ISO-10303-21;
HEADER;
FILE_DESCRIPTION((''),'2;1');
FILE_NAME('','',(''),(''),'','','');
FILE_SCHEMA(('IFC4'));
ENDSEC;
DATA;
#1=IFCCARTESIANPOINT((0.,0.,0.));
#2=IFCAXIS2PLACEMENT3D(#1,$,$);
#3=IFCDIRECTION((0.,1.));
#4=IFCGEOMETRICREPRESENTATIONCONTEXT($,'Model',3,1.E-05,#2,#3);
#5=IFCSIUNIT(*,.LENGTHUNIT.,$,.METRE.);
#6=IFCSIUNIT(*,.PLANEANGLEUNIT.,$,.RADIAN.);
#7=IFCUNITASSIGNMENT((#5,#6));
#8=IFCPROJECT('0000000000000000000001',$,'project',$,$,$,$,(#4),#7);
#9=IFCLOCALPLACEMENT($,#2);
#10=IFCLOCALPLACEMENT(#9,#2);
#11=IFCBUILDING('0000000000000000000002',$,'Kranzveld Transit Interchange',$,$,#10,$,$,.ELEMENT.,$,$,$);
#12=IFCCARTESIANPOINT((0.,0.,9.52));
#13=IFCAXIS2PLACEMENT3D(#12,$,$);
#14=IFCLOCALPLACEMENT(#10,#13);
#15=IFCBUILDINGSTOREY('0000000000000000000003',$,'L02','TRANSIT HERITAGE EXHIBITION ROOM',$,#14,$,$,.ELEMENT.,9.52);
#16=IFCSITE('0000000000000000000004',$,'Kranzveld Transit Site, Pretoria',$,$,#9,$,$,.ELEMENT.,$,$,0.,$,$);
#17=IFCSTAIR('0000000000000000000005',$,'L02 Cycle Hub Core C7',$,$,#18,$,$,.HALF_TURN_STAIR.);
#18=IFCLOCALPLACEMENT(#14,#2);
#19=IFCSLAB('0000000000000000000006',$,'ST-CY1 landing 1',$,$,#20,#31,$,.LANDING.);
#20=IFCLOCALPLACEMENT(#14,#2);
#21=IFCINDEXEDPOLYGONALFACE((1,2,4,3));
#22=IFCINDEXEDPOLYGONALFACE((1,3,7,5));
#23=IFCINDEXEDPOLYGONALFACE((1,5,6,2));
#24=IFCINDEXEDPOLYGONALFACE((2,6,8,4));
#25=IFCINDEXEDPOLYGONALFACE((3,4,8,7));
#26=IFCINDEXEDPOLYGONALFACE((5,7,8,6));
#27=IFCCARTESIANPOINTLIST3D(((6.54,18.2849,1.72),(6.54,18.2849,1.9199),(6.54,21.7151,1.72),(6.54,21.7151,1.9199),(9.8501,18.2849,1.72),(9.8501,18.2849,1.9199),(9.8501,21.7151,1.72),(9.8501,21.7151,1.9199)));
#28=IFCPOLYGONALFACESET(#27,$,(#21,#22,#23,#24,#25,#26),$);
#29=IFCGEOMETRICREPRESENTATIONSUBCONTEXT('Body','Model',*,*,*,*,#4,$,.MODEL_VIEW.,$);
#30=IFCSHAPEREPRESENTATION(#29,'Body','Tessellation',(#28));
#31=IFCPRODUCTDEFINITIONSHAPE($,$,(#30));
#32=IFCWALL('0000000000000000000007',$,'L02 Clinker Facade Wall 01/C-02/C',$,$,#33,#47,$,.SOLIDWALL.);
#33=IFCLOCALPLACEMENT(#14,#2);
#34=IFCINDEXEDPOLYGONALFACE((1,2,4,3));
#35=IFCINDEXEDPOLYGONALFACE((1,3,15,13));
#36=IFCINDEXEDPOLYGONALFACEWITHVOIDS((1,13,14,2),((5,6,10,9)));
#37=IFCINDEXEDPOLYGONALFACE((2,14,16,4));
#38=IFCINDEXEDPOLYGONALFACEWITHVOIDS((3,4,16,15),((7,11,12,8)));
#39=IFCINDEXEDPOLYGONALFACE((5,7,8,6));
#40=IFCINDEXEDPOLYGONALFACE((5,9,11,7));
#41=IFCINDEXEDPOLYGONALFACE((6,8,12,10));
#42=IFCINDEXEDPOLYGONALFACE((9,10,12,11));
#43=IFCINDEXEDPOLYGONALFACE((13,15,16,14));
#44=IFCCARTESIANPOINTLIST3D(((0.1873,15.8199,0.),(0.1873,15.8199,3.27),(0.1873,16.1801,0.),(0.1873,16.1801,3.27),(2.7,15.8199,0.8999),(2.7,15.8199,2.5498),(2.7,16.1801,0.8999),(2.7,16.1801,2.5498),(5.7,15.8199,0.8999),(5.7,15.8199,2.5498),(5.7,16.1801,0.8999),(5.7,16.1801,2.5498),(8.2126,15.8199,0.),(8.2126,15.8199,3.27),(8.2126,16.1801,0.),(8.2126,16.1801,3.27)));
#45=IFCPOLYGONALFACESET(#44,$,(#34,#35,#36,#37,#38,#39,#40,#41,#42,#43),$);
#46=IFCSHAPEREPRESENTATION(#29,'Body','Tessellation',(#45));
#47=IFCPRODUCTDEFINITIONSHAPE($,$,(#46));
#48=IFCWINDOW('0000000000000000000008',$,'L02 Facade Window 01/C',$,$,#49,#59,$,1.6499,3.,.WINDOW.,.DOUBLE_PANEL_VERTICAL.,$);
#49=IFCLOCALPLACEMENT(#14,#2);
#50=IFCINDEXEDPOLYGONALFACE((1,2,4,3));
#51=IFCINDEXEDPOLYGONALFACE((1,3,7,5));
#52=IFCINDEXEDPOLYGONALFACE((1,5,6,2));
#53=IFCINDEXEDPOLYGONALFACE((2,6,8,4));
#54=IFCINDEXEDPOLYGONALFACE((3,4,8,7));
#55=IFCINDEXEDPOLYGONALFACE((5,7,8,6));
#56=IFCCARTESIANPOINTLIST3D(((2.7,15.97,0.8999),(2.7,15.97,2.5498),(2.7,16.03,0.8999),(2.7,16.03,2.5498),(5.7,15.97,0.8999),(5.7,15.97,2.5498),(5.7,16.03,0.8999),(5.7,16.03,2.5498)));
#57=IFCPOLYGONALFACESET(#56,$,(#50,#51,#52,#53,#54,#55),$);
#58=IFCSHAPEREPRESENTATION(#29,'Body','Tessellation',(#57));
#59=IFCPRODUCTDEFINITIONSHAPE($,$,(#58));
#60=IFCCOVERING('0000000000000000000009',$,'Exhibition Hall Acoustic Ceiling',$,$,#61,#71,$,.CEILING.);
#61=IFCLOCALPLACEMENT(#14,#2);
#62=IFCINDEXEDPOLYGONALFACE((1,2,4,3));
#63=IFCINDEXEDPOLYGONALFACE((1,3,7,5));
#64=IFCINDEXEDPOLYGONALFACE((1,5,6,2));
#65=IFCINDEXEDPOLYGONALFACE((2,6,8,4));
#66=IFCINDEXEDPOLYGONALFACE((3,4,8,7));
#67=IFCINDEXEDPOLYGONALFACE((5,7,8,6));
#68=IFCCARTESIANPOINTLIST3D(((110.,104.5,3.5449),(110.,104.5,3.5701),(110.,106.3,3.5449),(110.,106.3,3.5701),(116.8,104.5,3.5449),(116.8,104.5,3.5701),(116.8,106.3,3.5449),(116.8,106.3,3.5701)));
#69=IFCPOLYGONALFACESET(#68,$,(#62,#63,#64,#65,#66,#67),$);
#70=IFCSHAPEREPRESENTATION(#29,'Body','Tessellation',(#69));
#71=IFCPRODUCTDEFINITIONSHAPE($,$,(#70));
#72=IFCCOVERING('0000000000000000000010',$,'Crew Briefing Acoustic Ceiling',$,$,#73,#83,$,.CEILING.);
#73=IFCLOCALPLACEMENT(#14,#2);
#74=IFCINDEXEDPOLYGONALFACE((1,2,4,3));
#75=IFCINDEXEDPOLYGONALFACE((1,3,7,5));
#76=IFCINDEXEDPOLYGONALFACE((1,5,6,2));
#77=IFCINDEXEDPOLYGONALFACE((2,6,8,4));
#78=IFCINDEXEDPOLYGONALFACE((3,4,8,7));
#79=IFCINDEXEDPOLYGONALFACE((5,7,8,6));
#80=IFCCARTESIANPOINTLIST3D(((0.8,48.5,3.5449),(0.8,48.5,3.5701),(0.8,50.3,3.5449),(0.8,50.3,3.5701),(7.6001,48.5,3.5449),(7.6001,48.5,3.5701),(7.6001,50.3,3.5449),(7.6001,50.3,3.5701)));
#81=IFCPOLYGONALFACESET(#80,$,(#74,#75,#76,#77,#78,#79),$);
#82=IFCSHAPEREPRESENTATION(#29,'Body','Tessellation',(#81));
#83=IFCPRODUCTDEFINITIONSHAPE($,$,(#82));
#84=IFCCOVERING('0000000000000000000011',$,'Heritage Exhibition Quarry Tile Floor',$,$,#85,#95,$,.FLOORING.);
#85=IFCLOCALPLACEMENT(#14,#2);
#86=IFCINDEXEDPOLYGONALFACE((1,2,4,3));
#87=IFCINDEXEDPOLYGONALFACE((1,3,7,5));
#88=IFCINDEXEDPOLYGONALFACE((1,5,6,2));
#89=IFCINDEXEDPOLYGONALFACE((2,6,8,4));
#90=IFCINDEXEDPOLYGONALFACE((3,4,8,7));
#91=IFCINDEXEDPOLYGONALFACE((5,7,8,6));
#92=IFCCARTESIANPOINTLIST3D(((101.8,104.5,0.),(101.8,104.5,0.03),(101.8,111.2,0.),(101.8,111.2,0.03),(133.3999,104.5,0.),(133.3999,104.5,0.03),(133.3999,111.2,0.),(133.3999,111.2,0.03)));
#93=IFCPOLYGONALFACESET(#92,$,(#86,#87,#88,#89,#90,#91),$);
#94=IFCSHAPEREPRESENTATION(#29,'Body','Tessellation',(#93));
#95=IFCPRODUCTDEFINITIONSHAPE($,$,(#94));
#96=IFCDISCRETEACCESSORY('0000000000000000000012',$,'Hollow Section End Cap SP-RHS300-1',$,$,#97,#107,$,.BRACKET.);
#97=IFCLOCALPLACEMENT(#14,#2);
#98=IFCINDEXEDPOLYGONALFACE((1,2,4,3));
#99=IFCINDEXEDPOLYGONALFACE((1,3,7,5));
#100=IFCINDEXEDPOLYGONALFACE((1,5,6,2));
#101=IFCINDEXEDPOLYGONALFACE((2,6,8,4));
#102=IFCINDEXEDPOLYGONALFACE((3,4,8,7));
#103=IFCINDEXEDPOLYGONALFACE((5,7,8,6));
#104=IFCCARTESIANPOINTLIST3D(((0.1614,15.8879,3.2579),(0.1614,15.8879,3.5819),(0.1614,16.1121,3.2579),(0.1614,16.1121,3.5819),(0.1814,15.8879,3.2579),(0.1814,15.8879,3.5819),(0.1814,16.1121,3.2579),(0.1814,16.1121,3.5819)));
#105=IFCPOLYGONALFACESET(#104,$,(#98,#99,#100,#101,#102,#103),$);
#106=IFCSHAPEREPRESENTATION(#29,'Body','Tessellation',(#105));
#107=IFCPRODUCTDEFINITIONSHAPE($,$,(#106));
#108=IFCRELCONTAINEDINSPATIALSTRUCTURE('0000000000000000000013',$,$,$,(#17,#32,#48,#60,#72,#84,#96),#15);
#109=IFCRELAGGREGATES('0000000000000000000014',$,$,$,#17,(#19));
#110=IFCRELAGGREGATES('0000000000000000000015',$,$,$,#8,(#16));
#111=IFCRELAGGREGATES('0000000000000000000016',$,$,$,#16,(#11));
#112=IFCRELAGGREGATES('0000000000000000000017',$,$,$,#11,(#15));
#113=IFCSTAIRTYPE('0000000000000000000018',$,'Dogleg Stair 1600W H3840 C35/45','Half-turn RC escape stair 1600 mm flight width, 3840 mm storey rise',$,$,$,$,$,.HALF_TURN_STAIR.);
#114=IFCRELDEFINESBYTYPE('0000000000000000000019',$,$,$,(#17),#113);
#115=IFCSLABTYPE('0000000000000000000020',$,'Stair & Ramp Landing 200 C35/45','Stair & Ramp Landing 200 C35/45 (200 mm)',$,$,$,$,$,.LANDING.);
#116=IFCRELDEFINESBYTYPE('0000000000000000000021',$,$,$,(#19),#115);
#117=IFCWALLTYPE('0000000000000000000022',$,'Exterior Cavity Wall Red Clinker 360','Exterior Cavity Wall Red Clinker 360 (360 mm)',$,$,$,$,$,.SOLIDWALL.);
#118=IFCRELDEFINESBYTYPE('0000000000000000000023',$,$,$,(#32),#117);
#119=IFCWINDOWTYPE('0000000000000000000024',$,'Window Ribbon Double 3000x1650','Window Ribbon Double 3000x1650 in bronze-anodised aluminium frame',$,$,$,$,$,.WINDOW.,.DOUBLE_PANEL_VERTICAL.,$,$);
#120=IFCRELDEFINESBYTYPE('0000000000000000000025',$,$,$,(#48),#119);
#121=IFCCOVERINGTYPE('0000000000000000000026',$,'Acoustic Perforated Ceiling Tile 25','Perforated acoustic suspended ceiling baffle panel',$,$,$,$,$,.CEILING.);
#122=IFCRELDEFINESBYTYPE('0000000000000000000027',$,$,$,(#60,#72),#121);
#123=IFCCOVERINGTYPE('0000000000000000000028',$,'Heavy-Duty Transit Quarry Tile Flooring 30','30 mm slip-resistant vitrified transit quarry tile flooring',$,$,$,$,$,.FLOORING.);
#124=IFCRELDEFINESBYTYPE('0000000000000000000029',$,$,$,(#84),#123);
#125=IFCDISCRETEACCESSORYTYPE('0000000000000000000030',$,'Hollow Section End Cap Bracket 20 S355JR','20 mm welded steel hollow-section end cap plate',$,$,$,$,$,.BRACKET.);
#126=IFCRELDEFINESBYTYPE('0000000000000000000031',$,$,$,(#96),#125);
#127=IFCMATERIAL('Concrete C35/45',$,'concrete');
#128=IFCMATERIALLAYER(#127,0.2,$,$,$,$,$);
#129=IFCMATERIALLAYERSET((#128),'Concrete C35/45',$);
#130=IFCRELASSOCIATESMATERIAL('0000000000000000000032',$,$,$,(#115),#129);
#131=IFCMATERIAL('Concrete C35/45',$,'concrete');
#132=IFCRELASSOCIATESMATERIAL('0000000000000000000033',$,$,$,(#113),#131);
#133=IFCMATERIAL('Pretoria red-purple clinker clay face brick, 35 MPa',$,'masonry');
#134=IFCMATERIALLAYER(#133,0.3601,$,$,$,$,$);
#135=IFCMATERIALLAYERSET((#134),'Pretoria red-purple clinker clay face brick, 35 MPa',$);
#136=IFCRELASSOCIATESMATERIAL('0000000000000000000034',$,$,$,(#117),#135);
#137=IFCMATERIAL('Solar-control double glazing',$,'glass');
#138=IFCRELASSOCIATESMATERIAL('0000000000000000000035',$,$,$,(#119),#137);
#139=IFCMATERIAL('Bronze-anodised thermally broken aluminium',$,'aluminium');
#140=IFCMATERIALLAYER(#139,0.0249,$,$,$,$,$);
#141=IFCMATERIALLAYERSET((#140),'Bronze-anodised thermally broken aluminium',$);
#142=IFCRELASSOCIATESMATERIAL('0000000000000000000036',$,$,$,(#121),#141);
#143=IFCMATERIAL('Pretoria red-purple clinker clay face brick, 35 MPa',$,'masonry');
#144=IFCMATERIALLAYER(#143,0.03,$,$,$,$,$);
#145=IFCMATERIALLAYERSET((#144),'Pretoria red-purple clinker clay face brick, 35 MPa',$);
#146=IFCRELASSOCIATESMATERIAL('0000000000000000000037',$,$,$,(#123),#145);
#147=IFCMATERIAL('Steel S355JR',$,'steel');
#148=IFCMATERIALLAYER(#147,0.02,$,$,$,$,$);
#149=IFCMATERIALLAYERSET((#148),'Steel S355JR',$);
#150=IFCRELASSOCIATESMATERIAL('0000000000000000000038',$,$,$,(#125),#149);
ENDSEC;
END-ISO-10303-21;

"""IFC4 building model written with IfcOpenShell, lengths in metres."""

from ifc_helpers import new_model, si_unit, direction, frame, frame_2d, origin, origin_2d, place, context, subcontext, project, spatial, polyline, rectangle, outline, extrude, material, layer, layer_set, type_object, element, fill, aggregate, save


model = new_model("IFC4")

# Units and contexts
model_context = context("Model", 3, precision=1e-05, world=origin(), true_north=direction((0.0, 1.0)))
body_context = subcontext(model_context, "Body", "Model", "MODEL_VIEW")
ifc_project = project(units=[si_unit("LENGTHUNIT", "METRE"), si_unit("PLANEANGLEUNIT", "RADIAN")], contexts=[model_context])

# Site, building, storey
site_placement = place(None, origin())
site = spatial("IfcSite", under=ifc_project, at=site_placement, Name="Kranzveld Transit Site, Pretoria", CompositionType="ELEMENT", RefElevation=0.0)
building_placement = place(site_placement, origin())
building = spatial("IfcBuilding", under=site, at=building_placement, Name="Kranzveld Transit Interchange", CompositionType="ELEMENT")
storey_placement = place(building_placement, frame((0.0, 0.0, 9.52)))
storey = spatial("IfcBuildingStorey", under=building, at=storey_placement, Name="L02", Description="TRANSIT HERITAGE EXHIBITION ROOM", CompositionType="ELEMENT", Elevation=9.52)

# Stair, slab
ifc_material_1 = material(Name="Concrete C35/45", Category="concrete")
ifc_layer_1 = layer(ifc_material_1, 0.2)
ifc_layer_set_1 = layer_set([ifc_layer_1], Name="Concrete C35/45")
slab_type_1 = type_object("IfcSlabType", Name="Stair & Ramp Landing 200 C35/45", Description="Stair & Ramp Landing 200 C35/45 (200 mm)", PredefinedType="LANDING", material=ifc_layer_set_1)
ifc_material_2 = material(Name="Concrete C35/45", Category="concrete")
stair_type_1 = type_object("IfcStairType", Name="Dogleg Stair 1600W H3840 C35/45", Description="Half-turn RC escape stair 1600 mm flight width, 3840 mm storey rise", PredefinedType="HALF_TURN_STAIR", material=ifc_material_2)
stair_1_placement = place(storey_placement, origin())
stair_1 = element("IfcStair", 1, at=stair_1_placement, inside=storey, type_object=stair_type_1, Name="L02 Cycle Hub Core C7", PredefinedType="HALF_TURN_STAIR")
slab_1_placement = place(storey_placement, frame((0.0, 0.0, 1.72)))
slab_1 = element("IfcSlab", 2, at=slab_1_placement, type_object=slab_type_1, Name="ST-CY1 landing 1", PredefinedType="LANDING", context=body_context, shape_type="SweptSolid", body=[
    extrude(outline(polyline([(6.54, 18.2849), (9.8501, 18.2849), (9.8501, 21.7151), (6.54, 21.7151), (6.54, 18.2849)])), origin(), (0.0, 0.0, 1.0), 0.2),
])
aggregate(stair_1, [slab_1])

# Wall, opening, window
ifc_material_3 = material(Name="Pretoria red-purple clinker clay face brick, 35 MPa", Category="masonry")
ifc_layer_2 = layer(ifc_material_3, 0.3601)
ifc_layer_set_2 = layer_set([ifc_layer_2], Name="Pretoria red-purple clinker clay face brick, 35 MPa")
wall_type = type_object("IfcWallType", Name="Exterior Cavity Wall Red Clinker 360", Description="Exterior Cavity Wall Red Clinker 360 (360 mm)", PredefinedType="SOLIDWALL", material=ifc_layer_set_2)
wall_placement = place(storey_placement, frame((0.1873, 16.0, 0.0), z_axis=(0.0, 0.0, 1.0), x_axis=(1.0, 0.0, 0.0)))
wall = element("IfcWall", 3, at=wall_placement, inside=storey, type_object=wall_type, Name="L02 Clinker Facade Wall 01/C-02/C", PredefinedType="SOLIDWALL", context=body_context, shape_type="SweptSolid", body=[
    extrude(rectangle(XDim=8.0254, YDim=0.3601, at=frame_2d((4.0127, 0.0))), origin(), (0.0, 0.0, 1.0), 3.27),
])
opening_1_placement = place(wall_placement, frame((2.5127, 0.0, 0.8999), z_axis=(0.0, 0.0, 1.0), x_axis=(1.0, 0.0, 0.0)))
opening_1 = element("IfcOpeningElement", 4, at=opening_1_placement, cuts=wall, PredefinedType="OPENING", context=body_context, shape_type="SweptSolid", body=[
    extrude(rectangle(XDim=3.0, YDim=1.6499, at=frame_2d((1.5, 0.825))), frame((0.0, 0.1899, 0.0), z_axis=(0.0, -1.0, 0.0), x_axis=(1.0, 0.0, 0.0)), (0.0, 0.0, 1.0), 0.3801),
])
ifc_material_4 = material(Name="Solar-control double glazing", Category="glass")
window_type_1 = type_object("IfcWindowType", Name="Window Ribbon Double 3000x1650", Description="Window Ribbon Double 3000x1650 in bronze-anodised aluminium frame", PartitioningType="DOUBLE_PANEL_VERTICAL", PredefinedType="WINDOW", material=ifc_material_4)
window_1_placement = place(opening_1_placement, origin())
window_1 = element("IfcWindow", 5, at=window_1_placement, inside=storey, type_object=window_type_1, Name="L02 Facade Window 01/C", OverallHeight=1.6499, OverallWidth=3.0, PartitioningType="DOUBLE_PANEL_VERTICAL", PredefinedType="WINDOW", context=body_context, shape_type="SweptSolid", body=[
    extrude(rectangle(XDim=3.0, YDim=1.6499, at=frame_2d((1.5, 0.825))), frame((0.0, 0.03, 0.0), z_axis=(0.0, -1.0, 0.0), x_axis=(1.0, 0.0, 0.0)), (0.0, 0.0, 1.0), 0.0601),
])
fill(opening_1, window_1)

# Coverings
ifc_material_5 = material(Name="Bronze-anodised thermally broken aluminium", Category="aluminium")
ifc_layer_3 = layer(ifc_material_5, 0.0249)
ifc_layer_set_3 = layer_set([ifc_layer_3], Name="Bronze-anodised thermally broken aluminium")
covering_type_1 = type_object("IfcCoveringType", Name="Acoustic Perforated Ceiling Tile 25", Description="Perforated acoustic suspended ceiling baffle panel", PredefinedType="CEILING", material=ifc_layer_set_3)
covering_1_placement = place(storey_placement, frame((0.0, 0.0, 3.5449)))
element("IfcCovering", 6, at=covering_1_placement, inside=storey, type_object=covering_type_1, Name="Exhibition Hall Acoustic Ceiling", PredefinedType="CEILING", context=body_context, shape_type="SweptSolid", body=[
    extrude(outline(polyline([(110.0, 104.5), (116.8, 104.5), (116.8, 106.3), (110.0, 106.3), (110.0, 104.5)])), origin(), (0.0, 0.0, 1.0), 0.0251),
])
covering_2_placement = place(storey_placement, frame((0.0, 0.0, 3.5449)))
element("IfcCovering", 7, at=covering_2_placement, inside=storey, type_object=covering_type_1, Name="Crew Briefing Acoustic Ceiling", PredefinedType="CEILING", context=body_context, shape_type="SweptSolid", body=[
    extrude(outline(polyline([(0.8, 48.5), (7.6001, 48.5), (7.6001, 50.3), (0.8, 50.3), (0.8, 48.5)])), origin(), (0.0, 0.0, 1.0), 0.0251),
])
ifc_material_6 = material(Name="Pretoria red-purple clinker clay face brick, 35 MPa", Category="masonry")
ifc_layer_4 = layer(ifc_material_6, 0.03)
ifc_layer_set_4 = layer_set([ifc_layer_4], Name="Pretoria red-purple clinker clay face brick, 35 MPa")
covering_type_2 = type_object("IfcCoveringType", Name="Heavy-Duty Transit Quarry Tile Flooring 30", Description="30 mm slip-resistant vitrified transit quarry tile flooring", PredefinedType="FLOORING", material=ifc_layer_set_4)
covering_3_placement = place(storey_placement, origin())
element("IfcCovering", 8, at=covering_3_placement, inside=storey, type_object=covering_type_2, Name="Heritage Exhibition Quarry Tile Floor", PredefinedType="FLOORING", context=body_context, shape_type="SweptSolid", body=[
    extrude(outline(polyline([(101.8, 104.5), (133.3999, 104.5), (133.3999, 111.2), (101.8, 111.2), (101.8, 104.5)])), origin(), (0.0, 0.0, 1.0), 0.03),
])

# Discrete accessory
ifc_material_7 = material(Name="Steel S355JR", Category="steel")
ifc_layer_5 = layer(ifc_material_7, 0.02)
ifc_layer_set_5 = layer_set([ifc_layer_5], Name="Steel S355JR")
discrete_accessory_type = type_object("IfcDiscreteAccessoryType", Name="Hollow Section End Cap Bracket 20 S355JR", Description="20 mm welded steel hollow-section end cap plate", PredefinedType="BRACKET", material=ifc_layer_set_5)
discrete_accessory_placement = place(storey_placement, frame((0.1814, 16.0, 3.4199), z_axis=(-1.0, 0.0, 0.0), x_axis=(0.0, -1.0, 0.0)))
element("IfcDiscreteAccessory", 9, at=discrete_accessory_placement, inside=storey, type_object=discrete_accessory_type, Name="Hollow Section End Cap SP-RHS300-1", PredefinedType="BRACKET", context=body_context, shape_type="SweptSolid", body=[
    extrude(rectangle(XDim=0.2241, YDim=0.324, at=origin_2d()), origin(), (0.0, 0.0, 1.0), 0.02),
])

save(model, "model.ifc")
